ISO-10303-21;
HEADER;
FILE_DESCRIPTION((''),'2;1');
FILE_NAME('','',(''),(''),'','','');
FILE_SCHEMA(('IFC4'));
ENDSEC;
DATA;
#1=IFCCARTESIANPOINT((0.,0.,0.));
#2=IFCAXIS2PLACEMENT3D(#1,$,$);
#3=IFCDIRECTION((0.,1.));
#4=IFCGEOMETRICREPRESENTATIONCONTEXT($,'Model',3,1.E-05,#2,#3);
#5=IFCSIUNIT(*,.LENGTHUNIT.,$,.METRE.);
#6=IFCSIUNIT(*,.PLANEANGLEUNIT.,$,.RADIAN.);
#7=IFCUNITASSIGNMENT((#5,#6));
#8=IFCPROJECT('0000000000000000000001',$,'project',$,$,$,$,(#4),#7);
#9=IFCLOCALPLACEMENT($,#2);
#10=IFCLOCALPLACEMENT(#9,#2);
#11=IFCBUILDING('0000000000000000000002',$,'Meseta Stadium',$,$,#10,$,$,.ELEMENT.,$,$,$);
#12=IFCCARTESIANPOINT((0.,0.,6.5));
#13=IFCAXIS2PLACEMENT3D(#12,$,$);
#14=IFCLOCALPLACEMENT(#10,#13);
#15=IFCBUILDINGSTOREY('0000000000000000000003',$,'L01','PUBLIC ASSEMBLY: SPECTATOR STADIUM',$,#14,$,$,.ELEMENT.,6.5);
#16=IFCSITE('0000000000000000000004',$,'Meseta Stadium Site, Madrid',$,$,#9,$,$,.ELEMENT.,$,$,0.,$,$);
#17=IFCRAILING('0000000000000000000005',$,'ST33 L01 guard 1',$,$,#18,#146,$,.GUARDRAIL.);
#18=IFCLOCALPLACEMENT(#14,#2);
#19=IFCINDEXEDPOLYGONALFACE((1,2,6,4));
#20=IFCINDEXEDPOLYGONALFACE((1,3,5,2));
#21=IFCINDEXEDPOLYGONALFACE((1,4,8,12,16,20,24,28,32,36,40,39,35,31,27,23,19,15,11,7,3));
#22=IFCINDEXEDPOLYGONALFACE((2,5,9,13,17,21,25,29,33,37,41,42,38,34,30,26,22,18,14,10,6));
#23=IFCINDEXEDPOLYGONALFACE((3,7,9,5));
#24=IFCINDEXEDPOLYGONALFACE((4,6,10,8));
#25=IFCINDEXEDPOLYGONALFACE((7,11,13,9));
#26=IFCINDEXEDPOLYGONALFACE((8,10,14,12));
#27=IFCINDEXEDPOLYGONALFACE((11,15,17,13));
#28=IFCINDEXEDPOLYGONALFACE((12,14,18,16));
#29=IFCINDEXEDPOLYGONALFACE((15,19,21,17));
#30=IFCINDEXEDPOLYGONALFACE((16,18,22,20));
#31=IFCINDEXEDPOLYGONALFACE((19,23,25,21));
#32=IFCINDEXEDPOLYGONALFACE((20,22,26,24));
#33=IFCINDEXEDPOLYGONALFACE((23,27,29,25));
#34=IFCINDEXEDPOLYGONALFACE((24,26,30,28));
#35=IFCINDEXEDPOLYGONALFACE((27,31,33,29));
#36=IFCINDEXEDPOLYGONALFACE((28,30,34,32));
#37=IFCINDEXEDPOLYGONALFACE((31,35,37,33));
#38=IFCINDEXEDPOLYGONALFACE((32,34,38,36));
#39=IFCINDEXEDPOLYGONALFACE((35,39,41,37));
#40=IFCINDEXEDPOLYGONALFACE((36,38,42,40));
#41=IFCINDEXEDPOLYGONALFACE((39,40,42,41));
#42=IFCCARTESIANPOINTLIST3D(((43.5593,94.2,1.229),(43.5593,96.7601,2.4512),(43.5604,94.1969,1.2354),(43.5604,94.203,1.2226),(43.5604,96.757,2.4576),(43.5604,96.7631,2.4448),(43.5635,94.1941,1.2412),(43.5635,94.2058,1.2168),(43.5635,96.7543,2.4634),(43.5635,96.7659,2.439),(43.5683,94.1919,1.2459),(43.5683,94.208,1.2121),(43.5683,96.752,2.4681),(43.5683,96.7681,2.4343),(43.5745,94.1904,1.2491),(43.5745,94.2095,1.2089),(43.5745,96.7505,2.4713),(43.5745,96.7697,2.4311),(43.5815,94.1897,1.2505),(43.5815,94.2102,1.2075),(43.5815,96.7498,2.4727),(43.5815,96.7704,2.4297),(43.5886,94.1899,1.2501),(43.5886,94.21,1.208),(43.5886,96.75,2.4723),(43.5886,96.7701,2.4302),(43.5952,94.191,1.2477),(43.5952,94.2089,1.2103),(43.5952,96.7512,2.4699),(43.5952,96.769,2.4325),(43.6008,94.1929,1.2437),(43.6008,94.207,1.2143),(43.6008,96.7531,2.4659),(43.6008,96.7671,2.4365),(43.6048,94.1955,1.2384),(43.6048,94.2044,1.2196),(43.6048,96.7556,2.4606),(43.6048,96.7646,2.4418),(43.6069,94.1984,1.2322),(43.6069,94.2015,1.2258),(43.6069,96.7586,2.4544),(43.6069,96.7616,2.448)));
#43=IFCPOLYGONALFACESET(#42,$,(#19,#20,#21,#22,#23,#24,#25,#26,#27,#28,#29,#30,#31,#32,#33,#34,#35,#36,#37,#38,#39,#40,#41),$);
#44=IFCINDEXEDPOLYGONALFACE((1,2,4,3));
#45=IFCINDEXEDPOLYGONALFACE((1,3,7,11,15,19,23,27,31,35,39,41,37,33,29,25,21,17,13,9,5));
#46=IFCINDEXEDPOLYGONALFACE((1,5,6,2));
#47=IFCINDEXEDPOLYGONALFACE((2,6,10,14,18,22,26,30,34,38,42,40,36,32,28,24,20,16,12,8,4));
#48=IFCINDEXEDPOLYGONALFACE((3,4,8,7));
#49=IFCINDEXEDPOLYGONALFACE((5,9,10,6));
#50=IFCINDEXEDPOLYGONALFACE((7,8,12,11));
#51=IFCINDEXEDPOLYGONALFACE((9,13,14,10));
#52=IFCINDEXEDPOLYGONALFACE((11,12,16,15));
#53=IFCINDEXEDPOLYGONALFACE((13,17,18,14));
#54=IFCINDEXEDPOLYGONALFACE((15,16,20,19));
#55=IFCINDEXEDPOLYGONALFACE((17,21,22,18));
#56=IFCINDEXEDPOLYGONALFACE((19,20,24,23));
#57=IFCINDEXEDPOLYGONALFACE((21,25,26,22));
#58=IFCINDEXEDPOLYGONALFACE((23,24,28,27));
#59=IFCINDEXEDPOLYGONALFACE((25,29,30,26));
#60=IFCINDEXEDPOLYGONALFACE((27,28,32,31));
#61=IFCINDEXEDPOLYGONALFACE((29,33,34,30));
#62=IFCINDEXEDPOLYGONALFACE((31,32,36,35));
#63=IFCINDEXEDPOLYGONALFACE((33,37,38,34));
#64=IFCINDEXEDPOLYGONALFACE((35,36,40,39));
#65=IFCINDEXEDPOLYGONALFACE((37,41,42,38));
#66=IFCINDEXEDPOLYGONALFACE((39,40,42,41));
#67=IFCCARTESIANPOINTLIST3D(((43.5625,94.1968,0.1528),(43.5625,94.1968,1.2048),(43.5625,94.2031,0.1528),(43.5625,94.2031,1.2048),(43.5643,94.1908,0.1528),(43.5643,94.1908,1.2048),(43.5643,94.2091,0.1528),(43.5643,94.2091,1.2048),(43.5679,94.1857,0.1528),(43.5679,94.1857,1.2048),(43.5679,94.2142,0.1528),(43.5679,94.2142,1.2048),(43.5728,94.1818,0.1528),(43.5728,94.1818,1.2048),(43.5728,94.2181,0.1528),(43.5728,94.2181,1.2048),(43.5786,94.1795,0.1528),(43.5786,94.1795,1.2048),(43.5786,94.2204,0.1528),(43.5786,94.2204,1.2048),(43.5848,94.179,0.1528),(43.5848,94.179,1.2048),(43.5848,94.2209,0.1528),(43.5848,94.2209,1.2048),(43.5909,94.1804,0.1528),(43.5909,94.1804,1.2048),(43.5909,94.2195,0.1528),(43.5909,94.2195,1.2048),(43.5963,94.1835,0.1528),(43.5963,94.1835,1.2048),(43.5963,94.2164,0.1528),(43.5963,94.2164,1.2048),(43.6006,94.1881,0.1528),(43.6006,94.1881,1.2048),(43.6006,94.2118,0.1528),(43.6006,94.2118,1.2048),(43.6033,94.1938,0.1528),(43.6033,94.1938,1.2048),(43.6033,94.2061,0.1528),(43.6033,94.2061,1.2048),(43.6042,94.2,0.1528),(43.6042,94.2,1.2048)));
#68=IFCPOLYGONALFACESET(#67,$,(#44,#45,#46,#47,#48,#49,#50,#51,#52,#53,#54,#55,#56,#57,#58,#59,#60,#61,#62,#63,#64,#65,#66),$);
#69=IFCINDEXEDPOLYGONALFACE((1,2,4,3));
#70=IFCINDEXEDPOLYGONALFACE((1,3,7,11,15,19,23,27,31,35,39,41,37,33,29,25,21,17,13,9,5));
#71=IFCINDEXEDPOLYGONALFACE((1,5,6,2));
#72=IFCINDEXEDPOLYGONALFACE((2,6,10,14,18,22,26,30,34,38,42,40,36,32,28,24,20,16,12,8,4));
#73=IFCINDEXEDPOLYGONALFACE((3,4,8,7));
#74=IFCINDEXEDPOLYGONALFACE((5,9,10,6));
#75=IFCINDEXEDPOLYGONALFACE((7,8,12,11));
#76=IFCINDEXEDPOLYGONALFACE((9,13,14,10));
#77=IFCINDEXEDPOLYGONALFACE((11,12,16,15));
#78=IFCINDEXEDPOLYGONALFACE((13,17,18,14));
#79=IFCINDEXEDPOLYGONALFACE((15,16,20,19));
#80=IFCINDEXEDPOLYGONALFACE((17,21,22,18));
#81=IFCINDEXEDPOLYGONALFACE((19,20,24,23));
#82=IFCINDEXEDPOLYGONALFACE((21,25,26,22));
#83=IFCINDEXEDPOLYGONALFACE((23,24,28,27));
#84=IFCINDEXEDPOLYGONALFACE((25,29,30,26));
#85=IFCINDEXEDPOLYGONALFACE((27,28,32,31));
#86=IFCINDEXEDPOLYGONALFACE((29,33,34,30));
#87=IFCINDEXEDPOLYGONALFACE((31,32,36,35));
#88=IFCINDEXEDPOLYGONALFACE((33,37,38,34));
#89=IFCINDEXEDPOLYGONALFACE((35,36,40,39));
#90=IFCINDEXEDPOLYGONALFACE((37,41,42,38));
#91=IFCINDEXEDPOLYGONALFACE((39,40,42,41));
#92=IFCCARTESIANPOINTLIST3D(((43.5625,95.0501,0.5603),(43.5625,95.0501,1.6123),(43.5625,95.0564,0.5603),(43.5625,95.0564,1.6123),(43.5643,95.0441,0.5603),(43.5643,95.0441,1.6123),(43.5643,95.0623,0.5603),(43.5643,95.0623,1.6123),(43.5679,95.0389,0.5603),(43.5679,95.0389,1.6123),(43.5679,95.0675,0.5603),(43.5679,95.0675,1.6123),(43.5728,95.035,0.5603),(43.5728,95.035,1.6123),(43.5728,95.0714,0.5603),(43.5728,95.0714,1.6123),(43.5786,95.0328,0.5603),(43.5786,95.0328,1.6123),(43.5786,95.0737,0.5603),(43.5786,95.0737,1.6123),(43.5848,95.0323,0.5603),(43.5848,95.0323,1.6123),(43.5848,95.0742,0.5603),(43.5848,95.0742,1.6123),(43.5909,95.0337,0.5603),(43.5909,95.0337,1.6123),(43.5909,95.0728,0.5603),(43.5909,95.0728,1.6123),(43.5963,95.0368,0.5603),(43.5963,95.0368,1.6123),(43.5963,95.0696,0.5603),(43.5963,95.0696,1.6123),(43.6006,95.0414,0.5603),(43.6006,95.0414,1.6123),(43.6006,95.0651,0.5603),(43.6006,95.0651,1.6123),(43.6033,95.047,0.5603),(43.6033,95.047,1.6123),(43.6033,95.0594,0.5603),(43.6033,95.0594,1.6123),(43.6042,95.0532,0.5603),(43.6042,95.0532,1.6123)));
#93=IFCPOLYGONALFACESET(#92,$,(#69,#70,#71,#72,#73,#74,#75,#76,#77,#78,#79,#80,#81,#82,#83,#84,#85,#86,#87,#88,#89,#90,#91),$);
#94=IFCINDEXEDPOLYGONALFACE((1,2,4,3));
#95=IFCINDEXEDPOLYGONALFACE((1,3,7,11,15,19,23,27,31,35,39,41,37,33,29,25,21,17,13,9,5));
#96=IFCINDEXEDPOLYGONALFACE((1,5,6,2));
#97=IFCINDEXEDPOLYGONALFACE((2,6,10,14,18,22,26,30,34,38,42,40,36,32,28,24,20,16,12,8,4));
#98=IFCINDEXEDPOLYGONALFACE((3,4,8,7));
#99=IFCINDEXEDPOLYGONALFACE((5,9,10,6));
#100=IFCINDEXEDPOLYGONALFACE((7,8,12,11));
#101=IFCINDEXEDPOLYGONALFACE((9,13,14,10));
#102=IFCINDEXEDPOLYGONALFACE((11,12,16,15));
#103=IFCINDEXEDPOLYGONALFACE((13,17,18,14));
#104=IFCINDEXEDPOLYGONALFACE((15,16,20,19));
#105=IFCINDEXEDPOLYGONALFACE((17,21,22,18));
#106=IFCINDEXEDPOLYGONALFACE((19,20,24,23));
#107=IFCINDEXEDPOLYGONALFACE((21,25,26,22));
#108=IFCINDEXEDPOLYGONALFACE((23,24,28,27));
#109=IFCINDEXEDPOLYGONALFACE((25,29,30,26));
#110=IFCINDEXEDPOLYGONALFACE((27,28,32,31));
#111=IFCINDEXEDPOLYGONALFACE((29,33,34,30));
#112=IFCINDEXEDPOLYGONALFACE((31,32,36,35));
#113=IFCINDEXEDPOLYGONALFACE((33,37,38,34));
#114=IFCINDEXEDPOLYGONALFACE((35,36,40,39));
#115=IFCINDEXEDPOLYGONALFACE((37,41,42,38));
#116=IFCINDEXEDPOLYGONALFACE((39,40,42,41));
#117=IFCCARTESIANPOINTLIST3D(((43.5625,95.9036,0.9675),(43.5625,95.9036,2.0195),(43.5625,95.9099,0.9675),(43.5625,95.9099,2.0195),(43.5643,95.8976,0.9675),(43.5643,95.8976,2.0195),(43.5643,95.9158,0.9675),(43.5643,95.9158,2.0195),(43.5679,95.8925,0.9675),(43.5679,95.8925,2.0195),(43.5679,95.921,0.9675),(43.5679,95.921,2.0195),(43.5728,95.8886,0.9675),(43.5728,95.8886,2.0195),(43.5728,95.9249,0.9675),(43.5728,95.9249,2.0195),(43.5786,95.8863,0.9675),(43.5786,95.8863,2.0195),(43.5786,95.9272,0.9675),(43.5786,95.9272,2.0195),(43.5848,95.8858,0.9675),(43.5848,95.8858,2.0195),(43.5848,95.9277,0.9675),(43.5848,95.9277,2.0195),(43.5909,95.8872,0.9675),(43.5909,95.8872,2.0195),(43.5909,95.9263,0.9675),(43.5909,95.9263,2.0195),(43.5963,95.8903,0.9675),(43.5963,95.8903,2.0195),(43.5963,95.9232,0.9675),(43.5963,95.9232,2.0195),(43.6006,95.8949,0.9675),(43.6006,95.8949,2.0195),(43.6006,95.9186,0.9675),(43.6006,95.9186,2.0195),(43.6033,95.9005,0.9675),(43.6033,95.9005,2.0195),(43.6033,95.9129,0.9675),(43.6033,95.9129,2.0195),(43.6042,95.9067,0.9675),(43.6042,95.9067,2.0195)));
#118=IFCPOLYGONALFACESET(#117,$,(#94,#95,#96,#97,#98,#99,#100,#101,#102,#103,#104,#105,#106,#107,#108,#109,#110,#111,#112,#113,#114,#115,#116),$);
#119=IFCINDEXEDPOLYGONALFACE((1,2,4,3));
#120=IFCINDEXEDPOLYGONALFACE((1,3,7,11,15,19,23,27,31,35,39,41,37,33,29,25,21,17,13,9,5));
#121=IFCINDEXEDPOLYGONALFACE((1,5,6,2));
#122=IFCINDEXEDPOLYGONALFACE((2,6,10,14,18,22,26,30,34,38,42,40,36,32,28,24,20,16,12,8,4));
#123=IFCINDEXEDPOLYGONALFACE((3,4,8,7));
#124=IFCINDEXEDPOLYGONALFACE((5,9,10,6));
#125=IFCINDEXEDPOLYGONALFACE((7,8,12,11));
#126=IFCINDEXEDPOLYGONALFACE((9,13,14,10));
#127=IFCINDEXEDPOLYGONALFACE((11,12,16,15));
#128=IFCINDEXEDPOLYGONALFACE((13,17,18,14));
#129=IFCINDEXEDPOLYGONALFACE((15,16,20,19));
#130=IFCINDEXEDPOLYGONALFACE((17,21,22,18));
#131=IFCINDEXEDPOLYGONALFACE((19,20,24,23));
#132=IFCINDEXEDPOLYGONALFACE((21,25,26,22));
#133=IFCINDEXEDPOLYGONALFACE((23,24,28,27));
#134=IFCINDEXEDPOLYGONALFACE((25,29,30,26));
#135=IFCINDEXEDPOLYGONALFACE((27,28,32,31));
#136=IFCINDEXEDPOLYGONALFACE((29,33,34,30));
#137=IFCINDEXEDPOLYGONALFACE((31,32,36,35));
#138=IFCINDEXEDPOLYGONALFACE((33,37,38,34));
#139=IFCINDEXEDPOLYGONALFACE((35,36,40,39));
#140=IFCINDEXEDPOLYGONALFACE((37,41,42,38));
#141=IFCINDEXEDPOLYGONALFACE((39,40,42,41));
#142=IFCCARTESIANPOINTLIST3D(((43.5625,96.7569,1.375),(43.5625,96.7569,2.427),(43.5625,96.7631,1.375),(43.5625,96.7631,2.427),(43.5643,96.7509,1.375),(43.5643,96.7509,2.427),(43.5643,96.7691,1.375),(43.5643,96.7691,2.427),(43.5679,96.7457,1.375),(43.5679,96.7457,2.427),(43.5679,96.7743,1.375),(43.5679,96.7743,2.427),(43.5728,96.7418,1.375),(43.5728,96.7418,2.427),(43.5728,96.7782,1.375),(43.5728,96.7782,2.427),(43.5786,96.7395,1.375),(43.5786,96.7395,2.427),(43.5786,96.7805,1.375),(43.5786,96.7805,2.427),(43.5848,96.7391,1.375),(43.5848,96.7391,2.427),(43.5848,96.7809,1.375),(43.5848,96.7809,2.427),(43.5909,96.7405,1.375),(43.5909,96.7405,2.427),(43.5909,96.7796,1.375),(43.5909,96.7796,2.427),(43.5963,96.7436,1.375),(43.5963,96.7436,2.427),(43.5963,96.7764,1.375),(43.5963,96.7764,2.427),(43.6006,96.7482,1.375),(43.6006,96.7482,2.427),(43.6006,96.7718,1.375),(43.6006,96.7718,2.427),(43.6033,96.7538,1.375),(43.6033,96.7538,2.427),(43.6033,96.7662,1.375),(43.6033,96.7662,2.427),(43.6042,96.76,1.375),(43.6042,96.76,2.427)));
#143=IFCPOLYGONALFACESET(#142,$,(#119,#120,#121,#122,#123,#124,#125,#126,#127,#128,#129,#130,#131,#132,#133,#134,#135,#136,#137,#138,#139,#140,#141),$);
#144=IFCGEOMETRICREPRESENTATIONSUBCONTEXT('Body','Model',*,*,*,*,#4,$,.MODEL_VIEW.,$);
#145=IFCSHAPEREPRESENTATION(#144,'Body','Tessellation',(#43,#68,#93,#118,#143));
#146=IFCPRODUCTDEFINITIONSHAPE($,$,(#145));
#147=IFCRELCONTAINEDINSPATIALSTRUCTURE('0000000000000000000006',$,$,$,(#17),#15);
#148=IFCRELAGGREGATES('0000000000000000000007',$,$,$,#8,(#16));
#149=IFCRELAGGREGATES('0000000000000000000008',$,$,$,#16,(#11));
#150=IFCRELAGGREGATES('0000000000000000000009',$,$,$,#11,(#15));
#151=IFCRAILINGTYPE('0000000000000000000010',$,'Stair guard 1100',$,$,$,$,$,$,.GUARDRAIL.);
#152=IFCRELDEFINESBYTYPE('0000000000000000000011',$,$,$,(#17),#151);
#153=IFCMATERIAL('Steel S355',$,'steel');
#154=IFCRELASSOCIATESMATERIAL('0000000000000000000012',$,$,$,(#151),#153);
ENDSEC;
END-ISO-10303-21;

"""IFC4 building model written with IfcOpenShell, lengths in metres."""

from ifc_helpers import new_model, si_unit, direction, frame, origin, origin_2d, place, context, subcontext, project, spatial, circle, extrude, material, type_object, element, save


model = new_model("IFC4")

# Units and contexts
model_context = context("Model", 3, precision=1e-05, world=origin(), true_north=direction((0.0, 1.0)))
body_context = subcontext(model_context, "Body", "Model", "MODEL_VIEW")
ifc_project = project(units=[si_unit("LENGTHUNIT", "METRE"), si_unit("PLANEANGLEUNIT", "RADIAN")], contexts=[model_context])

# Site, building, storey
site_placement = place(None, origin())
site = spatial("IfcSite", under=ifc_project, at=site_placement, Name="Meseta Stadium Site, Madrid", CompositionType="ELEMENT", RefElevation=0.0)
building_placement = place(site_placement, origin())
building = spatial("IfcBuilding", under=site, at=building_placement, Name="Meseta Stadium", CompositionType="ELEMENT")
storey_placement = place(building_placement, frame((0.0, 0.0, 6.5)))
storey = spatial("IfcBuildingStorey", under=building, at=storey_placement, Name="L01", Description="PUBLIC ASSEMBLY: SPECTATOR STADIUM", CompositionType="ELEMENT", Elevation=6.5)

# Railing
ifc_material_1 = material(Name="Steel S355", Category="steel")
railing_type_1 = type_object("IfcRailingType", Name="Stair guard 1100", PredefinedType="GUARDRAIL", material=ifc_material_1)
railing_1_placement = place(storey_placement, frame((43.5833, 94.2, 0.1528)))
element("IfcRailing", 1, at=railing_1_placement, inside=storey, type_object=railing_type_1, Name="ST33 L01 guard 1", PredefinedType="GUARDRAIL", context=body_context, shape_type="SweptSolid", body=[
    extrude(circle(Radius=0.0239, at=origin_2d()), frame((0.0, 0.0, 1.0762), z_axis=(0.0, 0.902437, 0.430822), x_axis=(-1.0, 0.0, 0.0)), (0.0, 0.0, 1.0), 2.8369),
    extrude(circle(Radius=0.021, at=origin_2d()), origin(), (0.0, 0.0, 1.0), 1.052),
    extrude(circle(Radius=0.021, at=origin_2d()), frame((0.0, 0.8533, 0.4075)), (0.0, 0.0, 1.0), 1.052),
    extrude(circle(Radius=0.021, at=origin_2d()), frame((0.0, 1.7068, 0.8147)), (0.0, 0.0, 1.0), 1.052),
    extrude(circle(Radius=0.021, at=origin_2d()), frame((0.0, 2.5601, 1.2222)), (0.0, 0.0, 1.0), 1.052),
])

save(model, "model.ifc")
